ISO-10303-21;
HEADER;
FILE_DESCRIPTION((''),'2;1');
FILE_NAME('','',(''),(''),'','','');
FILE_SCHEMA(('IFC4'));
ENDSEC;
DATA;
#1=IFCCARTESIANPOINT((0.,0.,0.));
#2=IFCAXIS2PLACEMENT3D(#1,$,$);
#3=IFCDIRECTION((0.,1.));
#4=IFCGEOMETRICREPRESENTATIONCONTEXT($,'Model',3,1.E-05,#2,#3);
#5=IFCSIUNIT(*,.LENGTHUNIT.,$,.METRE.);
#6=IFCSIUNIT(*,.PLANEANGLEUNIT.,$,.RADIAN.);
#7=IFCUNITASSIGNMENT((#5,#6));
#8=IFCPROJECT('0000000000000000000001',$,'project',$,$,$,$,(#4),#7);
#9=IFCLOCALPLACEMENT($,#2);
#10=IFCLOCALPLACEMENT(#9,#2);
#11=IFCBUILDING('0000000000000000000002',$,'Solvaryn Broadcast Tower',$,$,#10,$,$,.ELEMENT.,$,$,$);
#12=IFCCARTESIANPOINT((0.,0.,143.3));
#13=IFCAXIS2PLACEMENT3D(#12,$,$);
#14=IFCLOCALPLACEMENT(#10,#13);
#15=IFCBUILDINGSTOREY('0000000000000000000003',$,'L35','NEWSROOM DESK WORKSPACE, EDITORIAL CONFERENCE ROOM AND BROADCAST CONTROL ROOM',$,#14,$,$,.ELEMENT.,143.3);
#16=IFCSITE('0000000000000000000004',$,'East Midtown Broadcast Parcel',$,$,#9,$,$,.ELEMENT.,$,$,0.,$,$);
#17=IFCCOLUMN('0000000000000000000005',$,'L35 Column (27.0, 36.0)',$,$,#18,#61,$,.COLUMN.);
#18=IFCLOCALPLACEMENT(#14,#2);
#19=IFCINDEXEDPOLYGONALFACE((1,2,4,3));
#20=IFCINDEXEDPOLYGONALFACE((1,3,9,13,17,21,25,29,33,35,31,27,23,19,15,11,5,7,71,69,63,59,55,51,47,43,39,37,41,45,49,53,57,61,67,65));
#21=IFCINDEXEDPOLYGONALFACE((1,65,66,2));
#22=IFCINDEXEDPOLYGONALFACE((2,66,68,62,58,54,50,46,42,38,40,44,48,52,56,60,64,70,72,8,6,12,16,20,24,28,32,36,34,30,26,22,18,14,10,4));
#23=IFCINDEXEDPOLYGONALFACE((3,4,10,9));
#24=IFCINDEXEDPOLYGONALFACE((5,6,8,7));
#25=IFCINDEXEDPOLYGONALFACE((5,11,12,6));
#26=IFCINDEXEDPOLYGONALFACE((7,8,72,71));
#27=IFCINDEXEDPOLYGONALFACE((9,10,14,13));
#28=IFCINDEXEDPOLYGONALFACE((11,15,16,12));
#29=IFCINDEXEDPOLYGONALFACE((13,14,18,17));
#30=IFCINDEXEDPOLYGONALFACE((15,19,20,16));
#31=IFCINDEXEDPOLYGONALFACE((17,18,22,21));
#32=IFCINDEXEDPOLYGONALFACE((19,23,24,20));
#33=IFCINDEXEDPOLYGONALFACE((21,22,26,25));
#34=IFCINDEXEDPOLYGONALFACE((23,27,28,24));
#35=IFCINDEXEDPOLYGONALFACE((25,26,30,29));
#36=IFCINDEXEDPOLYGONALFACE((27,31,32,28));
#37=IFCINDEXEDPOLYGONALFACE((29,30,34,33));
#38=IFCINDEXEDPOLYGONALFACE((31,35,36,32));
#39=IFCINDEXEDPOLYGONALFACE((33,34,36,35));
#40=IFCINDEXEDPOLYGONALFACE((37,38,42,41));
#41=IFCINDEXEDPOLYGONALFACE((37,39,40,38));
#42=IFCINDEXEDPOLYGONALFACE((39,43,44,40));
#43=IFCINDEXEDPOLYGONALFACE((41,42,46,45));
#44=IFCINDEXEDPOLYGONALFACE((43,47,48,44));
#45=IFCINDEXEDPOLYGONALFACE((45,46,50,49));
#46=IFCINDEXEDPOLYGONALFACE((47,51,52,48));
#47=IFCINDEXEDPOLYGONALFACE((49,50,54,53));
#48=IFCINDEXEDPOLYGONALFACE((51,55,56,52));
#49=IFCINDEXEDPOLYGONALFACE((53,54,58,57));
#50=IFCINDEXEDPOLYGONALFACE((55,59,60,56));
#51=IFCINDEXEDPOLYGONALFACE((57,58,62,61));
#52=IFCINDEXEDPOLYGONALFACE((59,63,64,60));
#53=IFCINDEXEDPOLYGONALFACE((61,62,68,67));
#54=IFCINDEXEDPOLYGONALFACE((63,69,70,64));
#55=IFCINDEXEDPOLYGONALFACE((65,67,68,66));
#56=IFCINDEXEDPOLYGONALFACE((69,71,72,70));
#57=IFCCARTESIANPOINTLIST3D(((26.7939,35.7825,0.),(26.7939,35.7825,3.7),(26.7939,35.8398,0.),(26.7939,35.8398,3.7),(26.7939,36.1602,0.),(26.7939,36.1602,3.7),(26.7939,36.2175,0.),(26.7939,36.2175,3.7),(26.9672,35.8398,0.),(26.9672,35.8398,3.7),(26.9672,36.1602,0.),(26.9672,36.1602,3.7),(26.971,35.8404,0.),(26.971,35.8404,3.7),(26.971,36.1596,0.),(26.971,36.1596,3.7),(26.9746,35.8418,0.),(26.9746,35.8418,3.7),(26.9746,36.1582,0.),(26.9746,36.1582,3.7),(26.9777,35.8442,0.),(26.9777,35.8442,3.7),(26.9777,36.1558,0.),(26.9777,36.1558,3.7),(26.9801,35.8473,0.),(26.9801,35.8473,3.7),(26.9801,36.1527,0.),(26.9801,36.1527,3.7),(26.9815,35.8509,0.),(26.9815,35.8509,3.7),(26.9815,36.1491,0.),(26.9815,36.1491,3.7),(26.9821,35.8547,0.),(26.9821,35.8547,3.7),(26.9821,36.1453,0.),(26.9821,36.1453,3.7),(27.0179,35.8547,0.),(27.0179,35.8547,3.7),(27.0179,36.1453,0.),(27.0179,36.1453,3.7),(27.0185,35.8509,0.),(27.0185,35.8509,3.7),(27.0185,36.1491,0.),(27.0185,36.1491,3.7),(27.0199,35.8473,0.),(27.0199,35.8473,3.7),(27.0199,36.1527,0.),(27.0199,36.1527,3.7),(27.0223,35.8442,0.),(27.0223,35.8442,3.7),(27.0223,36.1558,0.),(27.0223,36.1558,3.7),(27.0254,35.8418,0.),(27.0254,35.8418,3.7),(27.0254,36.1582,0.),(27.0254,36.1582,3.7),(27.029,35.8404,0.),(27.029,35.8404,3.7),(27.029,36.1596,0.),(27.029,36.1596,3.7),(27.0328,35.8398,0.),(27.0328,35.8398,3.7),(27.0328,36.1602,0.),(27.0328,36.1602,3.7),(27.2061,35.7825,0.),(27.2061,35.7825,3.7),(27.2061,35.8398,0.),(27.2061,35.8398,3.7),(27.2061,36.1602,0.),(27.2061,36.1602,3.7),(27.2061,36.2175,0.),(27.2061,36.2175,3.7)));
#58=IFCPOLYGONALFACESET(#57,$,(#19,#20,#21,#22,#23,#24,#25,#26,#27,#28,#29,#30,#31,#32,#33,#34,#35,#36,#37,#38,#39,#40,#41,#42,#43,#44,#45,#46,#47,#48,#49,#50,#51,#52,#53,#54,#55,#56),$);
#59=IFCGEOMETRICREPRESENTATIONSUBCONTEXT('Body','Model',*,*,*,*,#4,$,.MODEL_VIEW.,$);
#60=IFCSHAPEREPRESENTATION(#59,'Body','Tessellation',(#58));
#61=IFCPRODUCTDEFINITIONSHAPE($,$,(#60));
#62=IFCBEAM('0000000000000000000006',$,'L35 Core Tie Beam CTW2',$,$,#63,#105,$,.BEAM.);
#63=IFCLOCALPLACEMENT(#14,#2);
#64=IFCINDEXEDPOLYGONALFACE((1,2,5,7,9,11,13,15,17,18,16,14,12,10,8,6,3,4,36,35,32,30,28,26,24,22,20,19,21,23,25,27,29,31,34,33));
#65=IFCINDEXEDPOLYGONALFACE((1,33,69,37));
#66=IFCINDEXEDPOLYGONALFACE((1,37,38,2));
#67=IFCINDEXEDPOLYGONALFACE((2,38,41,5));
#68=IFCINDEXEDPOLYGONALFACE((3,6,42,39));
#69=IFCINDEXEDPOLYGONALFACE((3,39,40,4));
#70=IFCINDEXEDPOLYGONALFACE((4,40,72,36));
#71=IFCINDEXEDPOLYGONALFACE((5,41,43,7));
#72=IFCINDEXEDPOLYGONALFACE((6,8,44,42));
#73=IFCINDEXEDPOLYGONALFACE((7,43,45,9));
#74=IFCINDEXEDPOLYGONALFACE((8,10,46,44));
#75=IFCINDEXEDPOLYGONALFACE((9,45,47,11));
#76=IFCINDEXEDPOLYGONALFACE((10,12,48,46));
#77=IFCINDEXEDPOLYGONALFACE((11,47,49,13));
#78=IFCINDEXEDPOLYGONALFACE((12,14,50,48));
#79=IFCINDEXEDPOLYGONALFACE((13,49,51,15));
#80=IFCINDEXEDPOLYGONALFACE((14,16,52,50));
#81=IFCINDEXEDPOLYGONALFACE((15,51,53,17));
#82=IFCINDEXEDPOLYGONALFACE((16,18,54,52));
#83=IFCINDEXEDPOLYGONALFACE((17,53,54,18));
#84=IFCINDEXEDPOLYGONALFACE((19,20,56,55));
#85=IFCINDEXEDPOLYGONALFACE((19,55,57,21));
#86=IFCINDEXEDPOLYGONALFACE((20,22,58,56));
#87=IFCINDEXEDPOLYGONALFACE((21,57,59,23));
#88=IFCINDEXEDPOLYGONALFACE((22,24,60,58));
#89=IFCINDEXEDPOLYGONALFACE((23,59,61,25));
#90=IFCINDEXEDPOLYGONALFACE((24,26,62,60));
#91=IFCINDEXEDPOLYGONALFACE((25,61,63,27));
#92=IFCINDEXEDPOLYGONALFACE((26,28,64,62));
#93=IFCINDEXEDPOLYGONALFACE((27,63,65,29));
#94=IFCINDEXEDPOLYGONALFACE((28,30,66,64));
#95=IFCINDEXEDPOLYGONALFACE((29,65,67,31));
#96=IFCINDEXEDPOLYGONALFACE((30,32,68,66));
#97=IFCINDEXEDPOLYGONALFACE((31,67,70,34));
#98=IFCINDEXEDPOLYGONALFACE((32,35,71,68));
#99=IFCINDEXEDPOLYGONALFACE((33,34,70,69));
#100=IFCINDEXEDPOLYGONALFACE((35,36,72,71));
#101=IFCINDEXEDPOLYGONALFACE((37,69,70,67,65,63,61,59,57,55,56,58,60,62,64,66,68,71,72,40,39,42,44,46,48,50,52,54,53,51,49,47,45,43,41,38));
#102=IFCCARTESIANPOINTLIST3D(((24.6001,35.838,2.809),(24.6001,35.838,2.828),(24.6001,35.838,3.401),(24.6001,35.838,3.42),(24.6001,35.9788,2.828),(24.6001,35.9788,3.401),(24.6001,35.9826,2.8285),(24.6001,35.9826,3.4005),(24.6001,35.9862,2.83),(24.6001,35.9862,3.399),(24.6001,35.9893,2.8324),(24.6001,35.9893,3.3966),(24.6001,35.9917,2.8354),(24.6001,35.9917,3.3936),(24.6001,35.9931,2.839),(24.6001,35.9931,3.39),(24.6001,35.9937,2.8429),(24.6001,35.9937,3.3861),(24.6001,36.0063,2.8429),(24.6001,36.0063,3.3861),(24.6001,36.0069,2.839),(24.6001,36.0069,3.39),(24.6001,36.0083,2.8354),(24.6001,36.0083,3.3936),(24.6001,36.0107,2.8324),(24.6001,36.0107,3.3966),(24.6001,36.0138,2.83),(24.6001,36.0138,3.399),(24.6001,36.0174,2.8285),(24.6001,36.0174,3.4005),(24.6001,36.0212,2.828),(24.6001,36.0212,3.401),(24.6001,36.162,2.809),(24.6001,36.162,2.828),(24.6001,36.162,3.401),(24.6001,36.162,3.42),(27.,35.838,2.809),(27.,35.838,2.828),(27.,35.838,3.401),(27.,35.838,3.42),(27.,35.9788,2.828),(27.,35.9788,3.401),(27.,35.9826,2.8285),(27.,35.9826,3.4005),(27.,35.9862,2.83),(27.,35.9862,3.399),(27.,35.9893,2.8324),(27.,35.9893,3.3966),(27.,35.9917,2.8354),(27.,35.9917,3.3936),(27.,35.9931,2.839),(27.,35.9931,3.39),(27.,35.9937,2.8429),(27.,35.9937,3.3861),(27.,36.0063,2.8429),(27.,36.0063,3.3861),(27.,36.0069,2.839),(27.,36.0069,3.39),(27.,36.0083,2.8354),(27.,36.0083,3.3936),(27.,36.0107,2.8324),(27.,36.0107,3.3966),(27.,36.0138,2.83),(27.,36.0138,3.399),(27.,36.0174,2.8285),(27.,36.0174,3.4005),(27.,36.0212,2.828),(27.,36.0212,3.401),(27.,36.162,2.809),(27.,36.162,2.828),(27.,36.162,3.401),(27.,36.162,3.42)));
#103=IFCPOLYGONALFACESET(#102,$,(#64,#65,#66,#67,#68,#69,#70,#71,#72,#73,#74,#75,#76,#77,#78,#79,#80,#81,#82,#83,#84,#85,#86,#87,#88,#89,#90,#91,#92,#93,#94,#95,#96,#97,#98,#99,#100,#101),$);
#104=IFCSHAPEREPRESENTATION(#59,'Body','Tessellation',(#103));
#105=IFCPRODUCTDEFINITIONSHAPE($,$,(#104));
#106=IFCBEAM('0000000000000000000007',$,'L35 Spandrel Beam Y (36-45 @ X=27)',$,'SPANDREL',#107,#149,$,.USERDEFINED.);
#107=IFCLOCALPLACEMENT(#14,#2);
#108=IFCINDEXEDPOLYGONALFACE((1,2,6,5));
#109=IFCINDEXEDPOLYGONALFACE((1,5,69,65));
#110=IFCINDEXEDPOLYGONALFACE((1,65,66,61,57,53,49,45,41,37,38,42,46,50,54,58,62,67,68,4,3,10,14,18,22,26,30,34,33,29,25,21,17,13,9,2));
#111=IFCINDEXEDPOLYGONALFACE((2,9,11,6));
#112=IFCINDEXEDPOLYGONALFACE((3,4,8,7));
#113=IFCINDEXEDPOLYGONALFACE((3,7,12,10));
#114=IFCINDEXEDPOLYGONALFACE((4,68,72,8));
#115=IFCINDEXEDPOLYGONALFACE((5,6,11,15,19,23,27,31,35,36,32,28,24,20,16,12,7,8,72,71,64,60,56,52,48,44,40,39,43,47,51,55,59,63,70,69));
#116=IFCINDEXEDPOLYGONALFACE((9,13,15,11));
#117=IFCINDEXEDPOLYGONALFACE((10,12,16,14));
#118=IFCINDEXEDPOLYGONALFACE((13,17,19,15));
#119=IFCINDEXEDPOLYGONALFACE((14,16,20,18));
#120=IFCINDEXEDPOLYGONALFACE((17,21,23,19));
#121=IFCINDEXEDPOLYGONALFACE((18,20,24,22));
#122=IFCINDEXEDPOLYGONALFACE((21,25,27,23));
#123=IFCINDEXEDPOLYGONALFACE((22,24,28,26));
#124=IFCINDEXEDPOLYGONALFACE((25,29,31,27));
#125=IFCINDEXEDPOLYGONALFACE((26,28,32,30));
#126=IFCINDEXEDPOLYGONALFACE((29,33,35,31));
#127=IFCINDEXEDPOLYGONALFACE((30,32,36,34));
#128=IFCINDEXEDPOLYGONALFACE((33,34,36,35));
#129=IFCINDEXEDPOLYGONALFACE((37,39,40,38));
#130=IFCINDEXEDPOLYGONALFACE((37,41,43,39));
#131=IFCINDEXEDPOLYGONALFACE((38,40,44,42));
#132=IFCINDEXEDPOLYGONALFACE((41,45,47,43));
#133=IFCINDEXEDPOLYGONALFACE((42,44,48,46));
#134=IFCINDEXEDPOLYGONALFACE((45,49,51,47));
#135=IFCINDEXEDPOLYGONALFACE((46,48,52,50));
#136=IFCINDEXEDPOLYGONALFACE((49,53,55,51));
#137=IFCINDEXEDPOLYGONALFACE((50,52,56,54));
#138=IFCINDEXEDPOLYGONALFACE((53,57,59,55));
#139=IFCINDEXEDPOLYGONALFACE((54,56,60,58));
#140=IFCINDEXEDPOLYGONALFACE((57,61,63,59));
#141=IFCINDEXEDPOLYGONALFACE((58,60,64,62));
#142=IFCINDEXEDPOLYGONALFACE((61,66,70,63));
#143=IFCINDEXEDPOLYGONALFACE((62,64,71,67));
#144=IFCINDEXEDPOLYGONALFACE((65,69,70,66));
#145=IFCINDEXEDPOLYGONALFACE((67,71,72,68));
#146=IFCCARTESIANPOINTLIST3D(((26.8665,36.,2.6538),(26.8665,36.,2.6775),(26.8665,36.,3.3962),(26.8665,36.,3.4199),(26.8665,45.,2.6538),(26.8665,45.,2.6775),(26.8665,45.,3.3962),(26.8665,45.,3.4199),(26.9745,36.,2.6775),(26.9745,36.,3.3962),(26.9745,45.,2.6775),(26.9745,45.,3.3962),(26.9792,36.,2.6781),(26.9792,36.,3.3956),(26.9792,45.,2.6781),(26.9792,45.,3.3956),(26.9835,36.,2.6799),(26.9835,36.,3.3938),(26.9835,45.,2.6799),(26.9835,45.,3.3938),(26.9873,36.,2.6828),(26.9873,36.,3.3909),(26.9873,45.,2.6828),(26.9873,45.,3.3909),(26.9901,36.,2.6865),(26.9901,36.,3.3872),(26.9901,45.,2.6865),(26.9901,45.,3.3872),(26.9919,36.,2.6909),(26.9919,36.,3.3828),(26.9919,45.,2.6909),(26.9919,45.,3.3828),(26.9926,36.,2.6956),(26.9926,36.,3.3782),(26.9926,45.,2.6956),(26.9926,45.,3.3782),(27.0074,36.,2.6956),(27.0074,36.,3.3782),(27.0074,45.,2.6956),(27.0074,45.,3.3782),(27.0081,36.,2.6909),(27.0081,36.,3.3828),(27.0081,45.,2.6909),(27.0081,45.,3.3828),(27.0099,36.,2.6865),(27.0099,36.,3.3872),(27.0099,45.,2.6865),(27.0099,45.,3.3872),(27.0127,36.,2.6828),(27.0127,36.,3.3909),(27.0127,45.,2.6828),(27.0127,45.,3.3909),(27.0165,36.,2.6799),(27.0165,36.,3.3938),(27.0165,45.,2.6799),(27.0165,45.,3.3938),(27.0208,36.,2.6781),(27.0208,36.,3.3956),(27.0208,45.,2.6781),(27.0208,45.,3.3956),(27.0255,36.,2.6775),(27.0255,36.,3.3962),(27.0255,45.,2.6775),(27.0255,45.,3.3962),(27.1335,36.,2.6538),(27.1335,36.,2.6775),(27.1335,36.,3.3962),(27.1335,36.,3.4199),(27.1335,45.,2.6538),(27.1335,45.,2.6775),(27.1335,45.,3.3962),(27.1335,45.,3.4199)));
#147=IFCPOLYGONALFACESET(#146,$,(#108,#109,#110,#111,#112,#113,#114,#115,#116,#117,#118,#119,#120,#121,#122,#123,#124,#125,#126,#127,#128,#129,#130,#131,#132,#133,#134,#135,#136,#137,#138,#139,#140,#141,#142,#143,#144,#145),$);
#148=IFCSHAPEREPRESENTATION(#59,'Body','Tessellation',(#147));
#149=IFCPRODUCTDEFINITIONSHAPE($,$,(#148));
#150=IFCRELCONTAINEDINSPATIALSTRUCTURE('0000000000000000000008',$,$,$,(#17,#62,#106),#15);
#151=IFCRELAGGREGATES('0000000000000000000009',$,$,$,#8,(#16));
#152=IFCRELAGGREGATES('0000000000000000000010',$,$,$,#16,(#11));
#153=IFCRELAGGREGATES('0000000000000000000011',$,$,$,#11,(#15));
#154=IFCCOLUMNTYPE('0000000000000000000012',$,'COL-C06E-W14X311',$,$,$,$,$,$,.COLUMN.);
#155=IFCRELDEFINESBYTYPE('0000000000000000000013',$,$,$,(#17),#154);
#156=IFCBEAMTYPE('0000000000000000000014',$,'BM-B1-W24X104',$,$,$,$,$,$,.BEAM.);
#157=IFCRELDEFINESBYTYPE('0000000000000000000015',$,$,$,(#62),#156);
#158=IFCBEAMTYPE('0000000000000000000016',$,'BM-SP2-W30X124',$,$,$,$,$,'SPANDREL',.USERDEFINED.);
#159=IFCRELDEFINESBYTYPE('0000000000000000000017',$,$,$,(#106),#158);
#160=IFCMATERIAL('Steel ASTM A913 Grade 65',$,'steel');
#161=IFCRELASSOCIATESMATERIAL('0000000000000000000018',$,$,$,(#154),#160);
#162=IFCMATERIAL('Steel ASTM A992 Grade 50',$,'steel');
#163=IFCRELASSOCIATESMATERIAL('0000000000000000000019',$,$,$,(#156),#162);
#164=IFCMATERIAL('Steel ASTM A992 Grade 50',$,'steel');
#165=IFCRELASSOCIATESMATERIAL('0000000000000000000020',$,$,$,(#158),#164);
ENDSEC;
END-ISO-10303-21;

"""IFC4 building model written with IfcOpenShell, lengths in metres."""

from ifc_helpers import new_model, si_unit, direction, frame, origin, origin_2d, place, context, subcontext, project, spatial, i_section, extrude, material, material_profile, profile_set, type_object, element, save


model = new_model("IFC4")

# Units and contexts
model_context = context("Model", 3, precision=1e-05, world=origin(), true_north=direction((0.0, 1.0)))
body_context = subcontext(model_context, "Body", "Model", "MODEL_VIEW")
ifc_project = project(units=[si_unit("LENGTHUNIT", "METRE"), si_unit("PLANEANGLEUNIT", "RADIAN")], contexts=[model_context])

# Site, building, storey
site_placement = place(None, origin())
site = spatial("IfcSite", under=ifc_project, at=site_placement, Name="East Midtown Broadcast Parcel", CompositionType="ELEMENT", RefElevation=0.0)
building_placement = place(site_placement, origin())
building = spatial("IfcBuilding", under=site, at=building_placement, Name="Solvaryn Broadcast Tower", CompositionType="ELEMENT")
storey_placement = place(building_placement, frame((0.0, 0.0, 143.3)))
storey = spatial("IfcBuildingStorey", under=building, at=storey_placement, Name="L35", Description="NEWSROOM DESK WORKSPACE, EDITORIAL CONFERENCE ROOM AND BROADCAST CONTROL ROOM", CompositionType="ELEMENT", Elevation=143.3)

# Column
ifc_material_1 = material(Name="Steel ASTM A913 Grade 65", Category="steel")
ifc_material_profile_1 = material_profile(ifc_material_1, i_section(OverallWidth=0.4121, OverallDepth=0.4351, WebThickness=0.0359, FlangeThickness=0.0574, FilletRadius=0.0149, at=origin_2d()))
ifc_profile_set_1 = profile_set([ifc_material_profile_1], Name="Steel ASTM A913 Grade 65")
column_type = type_object("IfcColumnType", Name="COL-C06E-W14X311", PredefinedType="COLUMN", material=ifc_profile_set_1)
column_placement = place(storey_placement, frame((27.0, 36.0, 0.0), z_axis=(0.0, 0.0, 1.0), x_axis=(1.0, 0.0, 0.0)))
element("IfcColumn", 1, at=column_placement, inside=storey, type_object=column_type, Name="L35 Column (27.0, 36.0)", PredefinedType="COLUMN", context=body_context, shape_type="SweptSolid", body=[
    extrude(i_section(OverallWidth=0.4121, OverallDepth=0.4351, WebThickness=0.0359, FlangeThickness=0.0574, FilletRadius=0.0149, at=origin_2d()), origin(), (0.0, 0.0, 1.0), 3.7),
])

# Beams
ifc_material_2 = material(Name="Steel ASTM A992 Grade 50", Category="steel")
ifc_material_profile_2 = material_profile(ifc_material_2, i_section(OverallWidth=0.324, OverallDepth=0.6111, WebThickness=0.0127, FlangeThickness=0.019, FilletRadius=0.0149, at=origin_2d()))
ifc_profile_set_2 = profile_set([ifc_material_profile_2], Name="Steel ASTM A992 Grade 50")
beam_type_1 = type_object("IfcBeamType", Name="BM-B1-W24X104", PredefinedType="BEAM", material=ifc_profile_set_2)
beam_1_placement = place(storey_placement, frame((24.6001, 36.0, 3.1145), z_axis=(1.0, 0.0, 0.0), x_axis=(0.0, 1.0, 0.0)))
element("IfcBeam", 2, at=beam_1_placement, inside=storey, type_object=beam_type_1, Name="L35 Core Tie Beam CTW2", PredefinedType="BEAM", context=body_context, shape_type="SweptSolid", body=[
    extrude(i_section(OverallWidth=0.324, OverallDepth=0.6111, WebThickness=0.0127, FlangeThickness=0.019, FilletRadius=0.0149, at=origin_2d()), origin(), (0.0, 0.0, 1.0), 2.3999),
])
ifc_material_3 = material(Name="Steel ASTM A992 Grade 50", Category="steel")
ifc_material_profile_3 = material_profile(ifc_material_3, i_section(OverallWidth=0.2671, OverallDepth=0.7661, WebThickness=0.0149, FlangeThickness=0.0237, FilletRadius=0.0181, at=origin_2d()))
ifc_profile_set_3 = profile_set([ifc_material_profile_3], Name="Steel ASTM A992 Grade 50")
beam_type_2 = type_object("IfcBeamType", Name="BM-SP2-W30X124", ElementType="SPANDREL", PredefinedType="USERDEFINED", material=ifc_profile_set_3)
beam_2_placement = place(storey_placement, frame((27.0, 36.0, 3.0369), z_axis=(0.0, 1.0, 0.0), x_axis=(-1.0, 0.0, 0.0)))
element("IfcBeam", 3, at=beam_2_placement, inside=storey, type_object=beam_type_2, Name="L35 Spandrel Beam Y (36-45 @ X=27)", ObjectType="SPANDREL", PredefinedType="USERDEFINED", context=body_context, shape_type="SweptSolid", body=[
    extrude(i_section(OverallWidth=0.2671, OverallDepth=0.7661, WebThickness=0.0149, FlangeThickness=0.0237, FilletRadius=0.0181, at=origin_2d()), origin(), (0.0, 0.0, 1.0), 9.0),
])

save(model, "model.ifc")
